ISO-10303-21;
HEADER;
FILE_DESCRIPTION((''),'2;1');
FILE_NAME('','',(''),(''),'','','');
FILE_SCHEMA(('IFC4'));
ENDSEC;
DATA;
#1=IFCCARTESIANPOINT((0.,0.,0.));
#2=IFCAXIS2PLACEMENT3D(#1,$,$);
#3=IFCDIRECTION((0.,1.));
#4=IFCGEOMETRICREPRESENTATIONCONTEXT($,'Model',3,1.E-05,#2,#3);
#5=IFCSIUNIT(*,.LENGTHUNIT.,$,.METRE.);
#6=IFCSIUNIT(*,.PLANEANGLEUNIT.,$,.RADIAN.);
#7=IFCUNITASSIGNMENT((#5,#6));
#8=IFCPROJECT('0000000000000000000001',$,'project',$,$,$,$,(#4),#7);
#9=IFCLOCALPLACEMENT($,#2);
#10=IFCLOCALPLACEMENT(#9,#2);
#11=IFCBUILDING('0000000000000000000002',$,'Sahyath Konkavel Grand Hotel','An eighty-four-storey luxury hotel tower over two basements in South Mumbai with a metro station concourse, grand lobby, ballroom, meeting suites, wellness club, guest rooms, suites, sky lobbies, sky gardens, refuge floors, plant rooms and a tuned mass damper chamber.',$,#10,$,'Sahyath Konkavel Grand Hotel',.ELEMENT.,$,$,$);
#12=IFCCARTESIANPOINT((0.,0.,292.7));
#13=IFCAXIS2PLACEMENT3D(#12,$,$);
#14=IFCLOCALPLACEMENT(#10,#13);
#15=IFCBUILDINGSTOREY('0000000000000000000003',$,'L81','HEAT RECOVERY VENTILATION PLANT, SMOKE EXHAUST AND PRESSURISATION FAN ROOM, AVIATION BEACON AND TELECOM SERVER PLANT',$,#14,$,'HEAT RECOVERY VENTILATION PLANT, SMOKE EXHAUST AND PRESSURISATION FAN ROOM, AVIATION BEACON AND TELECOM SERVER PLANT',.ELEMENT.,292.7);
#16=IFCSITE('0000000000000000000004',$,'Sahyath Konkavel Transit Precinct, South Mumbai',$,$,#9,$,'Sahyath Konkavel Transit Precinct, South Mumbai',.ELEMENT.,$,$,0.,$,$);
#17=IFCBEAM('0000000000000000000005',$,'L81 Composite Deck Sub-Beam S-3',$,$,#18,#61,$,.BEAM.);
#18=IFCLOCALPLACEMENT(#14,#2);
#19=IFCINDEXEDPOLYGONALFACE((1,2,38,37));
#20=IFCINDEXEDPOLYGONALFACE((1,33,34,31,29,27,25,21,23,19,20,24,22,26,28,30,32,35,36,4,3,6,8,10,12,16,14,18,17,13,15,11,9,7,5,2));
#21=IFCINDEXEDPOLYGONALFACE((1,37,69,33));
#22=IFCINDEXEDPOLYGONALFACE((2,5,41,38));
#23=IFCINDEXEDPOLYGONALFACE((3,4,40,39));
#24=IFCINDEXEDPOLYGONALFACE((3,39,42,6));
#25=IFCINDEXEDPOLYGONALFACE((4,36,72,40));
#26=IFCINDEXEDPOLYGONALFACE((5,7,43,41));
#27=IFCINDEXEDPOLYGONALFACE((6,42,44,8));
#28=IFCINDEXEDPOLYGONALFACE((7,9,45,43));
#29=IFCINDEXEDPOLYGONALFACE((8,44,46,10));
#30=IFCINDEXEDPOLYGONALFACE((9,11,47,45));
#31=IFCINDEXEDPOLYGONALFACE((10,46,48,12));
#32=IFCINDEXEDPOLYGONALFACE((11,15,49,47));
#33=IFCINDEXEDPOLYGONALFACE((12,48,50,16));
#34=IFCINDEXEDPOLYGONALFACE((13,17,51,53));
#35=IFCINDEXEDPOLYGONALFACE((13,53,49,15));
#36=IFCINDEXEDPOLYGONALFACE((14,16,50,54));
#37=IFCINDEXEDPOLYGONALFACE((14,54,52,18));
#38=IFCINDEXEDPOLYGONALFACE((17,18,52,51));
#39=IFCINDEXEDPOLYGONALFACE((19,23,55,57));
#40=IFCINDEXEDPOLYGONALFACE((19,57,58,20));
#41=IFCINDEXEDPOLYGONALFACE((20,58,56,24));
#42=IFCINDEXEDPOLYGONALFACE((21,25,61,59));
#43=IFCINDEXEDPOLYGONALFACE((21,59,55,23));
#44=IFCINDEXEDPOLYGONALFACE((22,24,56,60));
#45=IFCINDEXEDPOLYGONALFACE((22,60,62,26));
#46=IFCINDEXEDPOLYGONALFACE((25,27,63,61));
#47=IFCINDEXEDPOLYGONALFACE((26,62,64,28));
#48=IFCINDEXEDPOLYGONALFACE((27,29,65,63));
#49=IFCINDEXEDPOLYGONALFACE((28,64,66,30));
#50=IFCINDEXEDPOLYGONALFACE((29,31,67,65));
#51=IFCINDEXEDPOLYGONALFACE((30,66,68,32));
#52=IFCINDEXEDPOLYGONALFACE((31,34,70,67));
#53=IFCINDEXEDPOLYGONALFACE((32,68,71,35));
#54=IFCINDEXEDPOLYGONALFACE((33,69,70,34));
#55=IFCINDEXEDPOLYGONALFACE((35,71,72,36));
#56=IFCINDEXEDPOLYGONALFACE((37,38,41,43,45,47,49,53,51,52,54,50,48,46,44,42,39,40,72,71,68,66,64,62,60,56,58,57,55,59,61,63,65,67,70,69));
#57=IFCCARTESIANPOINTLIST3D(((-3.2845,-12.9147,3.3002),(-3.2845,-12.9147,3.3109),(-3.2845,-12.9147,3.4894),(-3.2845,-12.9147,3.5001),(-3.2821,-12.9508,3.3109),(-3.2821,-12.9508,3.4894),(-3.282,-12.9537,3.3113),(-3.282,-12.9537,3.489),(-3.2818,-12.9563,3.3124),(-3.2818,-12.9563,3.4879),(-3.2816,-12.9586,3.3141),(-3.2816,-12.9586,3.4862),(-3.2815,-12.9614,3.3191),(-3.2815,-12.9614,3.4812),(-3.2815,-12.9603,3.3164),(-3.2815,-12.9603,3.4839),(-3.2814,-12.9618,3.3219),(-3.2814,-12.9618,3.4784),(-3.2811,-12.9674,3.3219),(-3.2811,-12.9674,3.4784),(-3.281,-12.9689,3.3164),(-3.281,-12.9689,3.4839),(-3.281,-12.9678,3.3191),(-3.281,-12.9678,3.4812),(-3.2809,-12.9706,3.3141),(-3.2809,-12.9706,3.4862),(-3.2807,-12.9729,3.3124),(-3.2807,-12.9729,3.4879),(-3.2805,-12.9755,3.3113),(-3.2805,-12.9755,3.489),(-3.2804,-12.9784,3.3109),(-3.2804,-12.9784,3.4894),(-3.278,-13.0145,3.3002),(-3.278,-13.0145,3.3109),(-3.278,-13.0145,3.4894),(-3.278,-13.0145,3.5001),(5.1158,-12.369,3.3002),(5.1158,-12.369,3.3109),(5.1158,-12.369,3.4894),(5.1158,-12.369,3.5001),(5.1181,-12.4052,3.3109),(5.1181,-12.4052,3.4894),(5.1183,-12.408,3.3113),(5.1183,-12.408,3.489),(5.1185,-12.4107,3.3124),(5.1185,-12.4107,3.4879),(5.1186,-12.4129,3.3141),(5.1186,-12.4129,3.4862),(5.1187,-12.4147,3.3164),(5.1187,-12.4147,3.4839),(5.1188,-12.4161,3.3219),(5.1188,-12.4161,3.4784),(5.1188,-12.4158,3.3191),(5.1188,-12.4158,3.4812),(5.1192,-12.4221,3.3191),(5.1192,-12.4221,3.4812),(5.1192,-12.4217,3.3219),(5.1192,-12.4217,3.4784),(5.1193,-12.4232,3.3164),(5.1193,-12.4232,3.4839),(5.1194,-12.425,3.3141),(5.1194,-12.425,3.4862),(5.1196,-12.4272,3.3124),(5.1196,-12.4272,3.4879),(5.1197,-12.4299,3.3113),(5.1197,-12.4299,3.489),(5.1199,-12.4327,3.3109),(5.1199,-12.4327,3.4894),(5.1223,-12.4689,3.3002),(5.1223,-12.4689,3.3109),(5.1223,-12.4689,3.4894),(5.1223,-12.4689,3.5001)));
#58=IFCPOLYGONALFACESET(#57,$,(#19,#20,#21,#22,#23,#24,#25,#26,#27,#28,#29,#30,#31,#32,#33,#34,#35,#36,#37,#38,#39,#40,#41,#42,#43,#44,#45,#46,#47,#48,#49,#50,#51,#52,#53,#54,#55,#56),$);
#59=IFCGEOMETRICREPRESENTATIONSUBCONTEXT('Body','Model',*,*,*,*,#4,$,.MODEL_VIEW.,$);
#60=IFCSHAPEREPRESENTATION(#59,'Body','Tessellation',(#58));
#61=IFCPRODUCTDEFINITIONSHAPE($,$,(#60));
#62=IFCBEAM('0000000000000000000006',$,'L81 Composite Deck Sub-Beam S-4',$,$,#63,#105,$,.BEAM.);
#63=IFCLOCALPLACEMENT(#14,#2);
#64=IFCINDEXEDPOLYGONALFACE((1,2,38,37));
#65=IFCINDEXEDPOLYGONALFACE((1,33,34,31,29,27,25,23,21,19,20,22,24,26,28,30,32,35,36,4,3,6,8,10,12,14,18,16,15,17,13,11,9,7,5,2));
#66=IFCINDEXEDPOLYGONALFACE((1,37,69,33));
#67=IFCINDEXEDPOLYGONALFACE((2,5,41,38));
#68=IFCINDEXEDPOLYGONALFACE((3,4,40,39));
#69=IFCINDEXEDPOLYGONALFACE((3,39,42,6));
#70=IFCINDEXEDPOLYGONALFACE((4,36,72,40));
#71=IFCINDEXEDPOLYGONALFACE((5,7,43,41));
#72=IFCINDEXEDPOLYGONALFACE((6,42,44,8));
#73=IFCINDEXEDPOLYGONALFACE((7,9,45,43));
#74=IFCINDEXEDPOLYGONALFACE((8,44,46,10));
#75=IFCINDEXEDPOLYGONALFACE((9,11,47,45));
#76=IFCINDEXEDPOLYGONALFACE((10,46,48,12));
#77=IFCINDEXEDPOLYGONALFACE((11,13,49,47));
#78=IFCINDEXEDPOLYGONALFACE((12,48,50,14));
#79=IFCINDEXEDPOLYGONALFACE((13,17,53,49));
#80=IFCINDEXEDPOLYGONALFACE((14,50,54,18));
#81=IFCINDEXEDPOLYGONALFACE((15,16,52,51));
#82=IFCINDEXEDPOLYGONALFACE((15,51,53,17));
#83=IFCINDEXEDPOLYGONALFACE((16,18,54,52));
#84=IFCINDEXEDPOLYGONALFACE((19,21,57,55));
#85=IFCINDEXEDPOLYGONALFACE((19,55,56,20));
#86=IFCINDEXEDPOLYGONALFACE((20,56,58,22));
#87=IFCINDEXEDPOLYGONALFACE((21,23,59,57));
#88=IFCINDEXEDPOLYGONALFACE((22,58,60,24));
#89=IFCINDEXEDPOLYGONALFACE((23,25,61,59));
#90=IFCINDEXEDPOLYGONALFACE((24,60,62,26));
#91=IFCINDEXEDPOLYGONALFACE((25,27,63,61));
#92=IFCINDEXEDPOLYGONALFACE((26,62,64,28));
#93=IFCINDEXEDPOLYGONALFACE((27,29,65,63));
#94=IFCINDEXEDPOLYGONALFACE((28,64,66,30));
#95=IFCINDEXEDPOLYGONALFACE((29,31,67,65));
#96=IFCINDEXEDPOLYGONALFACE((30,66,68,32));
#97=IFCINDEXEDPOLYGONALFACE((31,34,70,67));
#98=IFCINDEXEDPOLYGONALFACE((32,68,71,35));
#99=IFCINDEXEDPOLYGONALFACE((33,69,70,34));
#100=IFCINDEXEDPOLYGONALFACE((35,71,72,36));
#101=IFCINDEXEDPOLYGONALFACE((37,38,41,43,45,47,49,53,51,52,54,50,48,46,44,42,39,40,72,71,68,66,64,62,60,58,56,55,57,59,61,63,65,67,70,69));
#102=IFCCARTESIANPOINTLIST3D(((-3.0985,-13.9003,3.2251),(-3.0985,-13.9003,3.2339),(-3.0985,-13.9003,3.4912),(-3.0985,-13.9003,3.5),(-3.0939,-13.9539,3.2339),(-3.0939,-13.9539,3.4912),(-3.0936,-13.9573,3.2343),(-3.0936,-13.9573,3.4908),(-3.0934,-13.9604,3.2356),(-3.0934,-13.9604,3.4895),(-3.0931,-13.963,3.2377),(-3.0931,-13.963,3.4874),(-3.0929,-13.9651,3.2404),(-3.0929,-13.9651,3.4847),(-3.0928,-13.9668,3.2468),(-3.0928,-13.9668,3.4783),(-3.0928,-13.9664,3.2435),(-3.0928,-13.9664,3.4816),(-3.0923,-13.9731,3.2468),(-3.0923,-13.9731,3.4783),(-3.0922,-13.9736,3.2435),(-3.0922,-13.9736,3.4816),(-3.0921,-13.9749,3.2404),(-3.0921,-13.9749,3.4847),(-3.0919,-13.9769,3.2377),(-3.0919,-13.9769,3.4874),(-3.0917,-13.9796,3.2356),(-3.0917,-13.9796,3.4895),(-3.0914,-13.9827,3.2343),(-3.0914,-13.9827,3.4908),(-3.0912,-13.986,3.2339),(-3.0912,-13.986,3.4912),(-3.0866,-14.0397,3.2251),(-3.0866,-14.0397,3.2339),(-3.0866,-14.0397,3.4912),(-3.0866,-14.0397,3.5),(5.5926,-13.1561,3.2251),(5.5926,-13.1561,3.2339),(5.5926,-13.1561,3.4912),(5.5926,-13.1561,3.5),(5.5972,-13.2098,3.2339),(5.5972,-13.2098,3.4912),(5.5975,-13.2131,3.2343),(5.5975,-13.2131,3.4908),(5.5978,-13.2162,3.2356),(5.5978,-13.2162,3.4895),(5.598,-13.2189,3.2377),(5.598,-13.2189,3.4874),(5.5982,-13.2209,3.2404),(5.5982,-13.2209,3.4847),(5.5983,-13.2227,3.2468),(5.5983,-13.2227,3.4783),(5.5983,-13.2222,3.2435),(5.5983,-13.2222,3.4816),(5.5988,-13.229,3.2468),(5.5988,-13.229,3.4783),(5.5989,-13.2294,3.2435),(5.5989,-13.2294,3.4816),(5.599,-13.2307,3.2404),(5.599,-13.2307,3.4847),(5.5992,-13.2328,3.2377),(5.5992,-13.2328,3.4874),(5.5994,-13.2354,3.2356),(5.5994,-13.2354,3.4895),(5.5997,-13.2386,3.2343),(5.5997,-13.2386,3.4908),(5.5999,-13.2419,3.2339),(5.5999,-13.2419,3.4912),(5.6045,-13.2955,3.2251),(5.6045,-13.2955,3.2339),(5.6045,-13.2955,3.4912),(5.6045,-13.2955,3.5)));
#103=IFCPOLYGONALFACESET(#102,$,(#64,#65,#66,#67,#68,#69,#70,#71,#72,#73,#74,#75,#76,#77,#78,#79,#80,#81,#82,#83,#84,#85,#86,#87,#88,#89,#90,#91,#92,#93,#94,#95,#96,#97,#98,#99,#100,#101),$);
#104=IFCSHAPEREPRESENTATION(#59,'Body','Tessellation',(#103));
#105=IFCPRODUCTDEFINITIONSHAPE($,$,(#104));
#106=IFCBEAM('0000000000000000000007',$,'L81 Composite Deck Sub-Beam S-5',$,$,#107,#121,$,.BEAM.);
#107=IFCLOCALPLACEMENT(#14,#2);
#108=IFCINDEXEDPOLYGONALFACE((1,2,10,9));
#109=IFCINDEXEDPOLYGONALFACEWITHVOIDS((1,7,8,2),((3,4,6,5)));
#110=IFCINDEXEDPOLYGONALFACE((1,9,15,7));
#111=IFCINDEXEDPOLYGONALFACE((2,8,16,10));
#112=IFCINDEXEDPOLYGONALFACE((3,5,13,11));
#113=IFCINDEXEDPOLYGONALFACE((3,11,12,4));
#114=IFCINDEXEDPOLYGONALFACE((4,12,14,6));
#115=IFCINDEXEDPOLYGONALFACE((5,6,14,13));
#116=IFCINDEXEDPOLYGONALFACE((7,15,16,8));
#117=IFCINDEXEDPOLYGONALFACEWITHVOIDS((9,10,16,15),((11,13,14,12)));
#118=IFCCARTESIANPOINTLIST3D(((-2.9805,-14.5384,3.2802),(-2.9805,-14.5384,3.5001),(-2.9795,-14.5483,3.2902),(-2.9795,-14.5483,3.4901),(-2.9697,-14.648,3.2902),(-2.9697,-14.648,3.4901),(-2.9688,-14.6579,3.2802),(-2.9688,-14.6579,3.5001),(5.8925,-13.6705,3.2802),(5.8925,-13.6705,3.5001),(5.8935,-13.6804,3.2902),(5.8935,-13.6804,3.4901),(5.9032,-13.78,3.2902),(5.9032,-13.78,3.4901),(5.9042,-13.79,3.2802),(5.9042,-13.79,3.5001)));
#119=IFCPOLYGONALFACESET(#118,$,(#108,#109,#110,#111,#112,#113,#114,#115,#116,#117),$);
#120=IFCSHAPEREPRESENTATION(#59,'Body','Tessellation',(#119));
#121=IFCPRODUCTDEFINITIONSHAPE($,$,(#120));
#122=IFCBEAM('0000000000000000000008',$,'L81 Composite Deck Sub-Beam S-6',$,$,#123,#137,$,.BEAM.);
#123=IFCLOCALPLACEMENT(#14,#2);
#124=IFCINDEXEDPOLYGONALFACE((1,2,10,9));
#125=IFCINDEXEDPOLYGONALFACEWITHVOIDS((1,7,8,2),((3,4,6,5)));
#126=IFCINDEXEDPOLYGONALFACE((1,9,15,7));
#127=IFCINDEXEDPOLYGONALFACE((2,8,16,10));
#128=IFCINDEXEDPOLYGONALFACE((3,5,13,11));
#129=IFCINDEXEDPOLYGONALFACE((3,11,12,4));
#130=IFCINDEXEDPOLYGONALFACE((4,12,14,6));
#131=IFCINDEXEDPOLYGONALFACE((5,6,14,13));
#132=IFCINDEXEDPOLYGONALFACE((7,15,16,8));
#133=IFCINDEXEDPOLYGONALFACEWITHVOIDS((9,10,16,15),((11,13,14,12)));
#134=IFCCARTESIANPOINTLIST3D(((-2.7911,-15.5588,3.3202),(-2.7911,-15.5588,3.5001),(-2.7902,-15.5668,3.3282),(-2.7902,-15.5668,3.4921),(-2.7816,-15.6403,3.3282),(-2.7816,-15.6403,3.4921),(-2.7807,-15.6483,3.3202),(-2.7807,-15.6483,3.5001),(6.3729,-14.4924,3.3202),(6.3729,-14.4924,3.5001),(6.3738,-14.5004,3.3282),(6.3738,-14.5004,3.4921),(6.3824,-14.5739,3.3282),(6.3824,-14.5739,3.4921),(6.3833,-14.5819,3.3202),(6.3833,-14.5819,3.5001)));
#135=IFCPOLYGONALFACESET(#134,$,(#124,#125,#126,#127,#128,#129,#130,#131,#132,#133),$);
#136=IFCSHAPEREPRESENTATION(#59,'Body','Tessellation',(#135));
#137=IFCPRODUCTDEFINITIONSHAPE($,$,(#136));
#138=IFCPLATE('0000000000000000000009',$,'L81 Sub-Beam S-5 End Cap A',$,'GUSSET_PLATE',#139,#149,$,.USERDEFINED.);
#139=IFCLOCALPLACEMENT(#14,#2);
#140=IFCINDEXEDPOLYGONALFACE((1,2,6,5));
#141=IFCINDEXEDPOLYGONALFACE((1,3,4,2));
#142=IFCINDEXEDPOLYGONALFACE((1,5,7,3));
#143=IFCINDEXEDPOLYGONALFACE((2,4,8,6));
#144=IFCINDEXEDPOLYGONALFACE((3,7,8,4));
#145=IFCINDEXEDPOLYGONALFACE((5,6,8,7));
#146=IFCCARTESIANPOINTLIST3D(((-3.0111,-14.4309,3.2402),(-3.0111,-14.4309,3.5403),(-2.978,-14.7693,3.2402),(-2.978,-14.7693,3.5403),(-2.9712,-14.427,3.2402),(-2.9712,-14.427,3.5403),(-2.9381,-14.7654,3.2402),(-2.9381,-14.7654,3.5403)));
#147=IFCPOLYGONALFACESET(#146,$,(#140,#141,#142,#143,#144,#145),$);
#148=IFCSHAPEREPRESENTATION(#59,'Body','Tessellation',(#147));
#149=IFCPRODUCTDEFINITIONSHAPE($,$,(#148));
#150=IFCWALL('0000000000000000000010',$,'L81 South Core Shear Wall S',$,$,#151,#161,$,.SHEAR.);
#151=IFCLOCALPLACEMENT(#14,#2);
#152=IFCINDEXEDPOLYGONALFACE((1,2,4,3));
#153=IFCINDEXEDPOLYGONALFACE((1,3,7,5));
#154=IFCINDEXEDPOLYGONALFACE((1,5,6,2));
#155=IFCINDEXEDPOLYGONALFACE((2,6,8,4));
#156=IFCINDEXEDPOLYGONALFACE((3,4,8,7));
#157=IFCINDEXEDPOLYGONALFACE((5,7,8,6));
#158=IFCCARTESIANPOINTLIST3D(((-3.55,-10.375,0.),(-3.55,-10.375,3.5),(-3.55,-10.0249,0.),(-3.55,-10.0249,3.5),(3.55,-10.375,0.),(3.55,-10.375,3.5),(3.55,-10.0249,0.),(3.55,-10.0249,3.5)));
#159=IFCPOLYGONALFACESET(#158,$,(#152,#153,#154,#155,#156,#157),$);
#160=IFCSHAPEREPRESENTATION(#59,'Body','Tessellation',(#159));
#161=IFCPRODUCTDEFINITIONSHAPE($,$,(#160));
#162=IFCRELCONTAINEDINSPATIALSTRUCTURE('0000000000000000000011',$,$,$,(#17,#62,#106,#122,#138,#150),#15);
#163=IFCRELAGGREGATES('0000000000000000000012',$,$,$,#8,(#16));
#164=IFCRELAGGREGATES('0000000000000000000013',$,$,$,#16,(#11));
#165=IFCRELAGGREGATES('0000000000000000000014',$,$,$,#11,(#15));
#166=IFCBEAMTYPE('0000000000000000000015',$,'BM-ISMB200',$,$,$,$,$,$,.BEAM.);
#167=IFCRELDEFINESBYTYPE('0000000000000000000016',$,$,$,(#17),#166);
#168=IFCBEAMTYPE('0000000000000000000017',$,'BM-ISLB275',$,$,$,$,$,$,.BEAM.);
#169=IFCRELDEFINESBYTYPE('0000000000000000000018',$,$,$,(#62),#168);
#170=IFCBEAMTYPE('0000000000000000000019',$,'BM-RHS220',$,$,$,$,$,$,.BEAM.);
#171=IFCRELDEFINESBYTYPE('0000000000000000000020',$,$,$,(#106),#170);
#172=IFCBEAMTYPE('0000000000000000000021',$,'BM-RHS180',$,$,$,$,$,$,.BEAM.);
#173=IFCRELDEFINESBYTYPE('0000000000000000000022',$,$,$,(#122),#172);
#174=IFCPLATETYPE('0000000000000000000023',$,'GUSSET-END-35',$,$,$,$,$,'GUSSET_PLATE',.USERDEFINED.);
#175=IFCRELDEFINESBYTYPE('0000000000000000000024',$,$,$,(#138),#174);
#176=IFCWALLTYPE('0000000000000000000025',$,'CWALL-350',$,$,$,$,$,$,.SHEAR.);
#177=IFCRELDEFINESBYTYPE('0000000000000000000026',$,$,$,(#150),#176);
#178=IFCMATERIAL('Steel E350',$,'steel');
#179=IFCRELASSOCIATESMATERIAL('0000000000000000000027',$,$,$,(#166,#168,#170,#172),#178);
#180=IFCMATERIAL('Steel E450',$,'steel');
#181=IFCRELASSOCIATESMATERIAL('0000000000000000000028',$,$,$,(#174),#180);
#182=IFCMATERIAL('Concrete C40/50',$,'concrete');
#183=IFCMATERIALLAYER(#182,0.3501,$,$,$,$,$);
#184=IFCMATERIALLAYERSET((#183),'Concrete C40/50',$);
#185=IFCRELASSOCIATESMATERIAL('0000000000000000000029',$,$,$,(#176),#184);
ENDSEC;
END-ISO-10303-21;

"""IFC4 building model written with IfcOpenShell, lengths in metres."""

from ifc_helpers import new_model, si_unit, direction, frame, frame_2d, origin, origin_2d, place, context, subcontext, project, spatial, rectangle, hollow_rectangle, i_section, extrude, source, transform, mapped, material, layer, layer_set, material_profile, profile_set, type_object, element, save


model = new_model("IFC4")

# Units and contexts
model_context = context("Model", 3, precision=1e-05, world=origin(), true_north=direction((0.0, 1.0)))
body_context = subcontext(model_context, "Body", "Model", "MODEL_VIEW")
ifc_project = project(units=[si_unit("LENGTHUNIT", "METRE"), si_unit("PLANEANGLEUNIT", "RADIAN")], contexts=[model_context])

# Site, building, storey
site_placement = place(None, origin())
site = spatial("IfcSite", under=ifc_project, at=site_placement, Name="Sahyath Konkavel Transit Precinct, South Mumbai", LongName="Sahyath Konkavel Transit Precinct, South Mumbai", CompositionType="ELEMENT", RefElevation=0.0)
building_placement = place(site_placement, origin())
building = spatial("IfcBuilding", under=site, at=building_placement, Name="Sahyath Konkavel Grand Hotel", Description="An eighty-four-storey luxury hotel tower over two basements in South Mumbai with a metro station concourse, grand lobby, ballroom, meeting suites, wellness club, guest rooms, suites, sky lobbies, sky gardens, refuge floors, plant rooms and a tuned mass damper chamber.", LongName="Sahyath Konkavel Grand Hotel", CompositionType="ELEMENT")
storey_placement = place(building_placement, frame((0.0, 0.0, 292.7)))
storey = spatial("IfcBuildingStorey", under=building, at=storey_placement, Name="L81", Description="HEAT RECOVERY VENTILATION PLANT, SMOKE EXHAUST AND PRESSURISATION FAN ROOM, AVIATION BEACON AND TELECOM SERVER PLANT", LongName="HEAT RECOVERY VENTILATION PLANT, SMOKE EXHAUST AND PRESSURISATION FAN ROOM, AVIATION BEACON AND TELECOM SERVER PLANT", CompositionType="ELEMENT", Elevation=292.7)

# Shared definitions
ifc_material_1 = material(Name="Concrete C40/50", Category="concrete")

# Beams
ifc_material_2 = material(Name="Steel E350", Category="steel")
ifc_material_profile_1 = material_profile(ifc_material_2, i_section(OverallWidth=0.1001, OverallDepth=0.2, WebThickness=0.0056, FlangeThickness=0.0107, FilletRadius=0.011, at=origin_2d()), Name="ISMB 200")
ifc_profile_set_1 = profile_set([ifc_material_profile_1], Name="Steel E350")
beam_type_1 = type_object("IfcBeamType", Name="BM-ISMB200", PredefinedType="BEAM", material=ifc_profile_set_1)
shared_shape_1 = source(origin(), body_context, "Body", "SweptSolid", [
    extrude(i_section(OverallWidth=0.1001, OverallDepth=0.2, WebThickness=0.0056, FlangeThickness=0.0107, FilletRadius=0.011, at=origin_2d()), origin(), (0.0, 0.0, 1.0), 8.418),
])
beam_1_placement = place(storey_placement, frame((-3.2812, -12.9646, 3.4001), z_axis=(0.997897, 0.064821, 0.0), x_axis=(-0.064821, 0.997897, 0.0)))
element("IfcBeam", 1, at=beam_1_placement, inside=storey, type_object=beam_type_1, Name="L81 Composite Deck Sub-Beam S-3", PredefinedType="BEAM", context=body_context, shape_type="MappedRepresentation", body=[
    mapped(shared_shape_1, transform((0.0, 0.0, 0.0), scale=1.0)),
])
ifc_material_profile_2 = material_profile(ifc_material_2, i_section(OverallWidth=0.1399, OverallDepth=0.2749, WebThickness=0.0063, FlangeThickness=0.0088, FilletRadius=0.0129, at=origin_2d()), Name="ISLB 275")
ifc_profile_set_2 = profile_set([ifc_material_profile_2], Name="Steel E350")
beam_type_2 = type_object("IfcBeamType", Name="BM-ISLB275", PredefinedType="BEAM", material=ifc_profile_set_2)
shared_shape_2 = source(origin(), body_context, "Body", "SweptSolid", [
    extrude(i_section(OverallWidth=0.1399, OverallDepth=0.2749, WebThickness=0.0063, FlangeThickness=0.0088, FilletRadius=0.0129, at=origin_2d()), origin(), (0.0, 0.0, 1.0), 8.7229),
])
beam_2_placement = place(storey_placement, frame((-3.0925, -13.97, 3.3625), z_axis=(0.996355, 0.085308, 0.0), x_axis=(-0.085308, 0.996355, 0.0)))
element("IfcBeam", 2, at=beam_2_placement, inside=storey, type_object=beam_type_2, Name="L81 Composite Deck Sub-Beam S-4", PredefinedType="BEAM", context=body_context, shape_type="MappedRepresentation", body=[
    mapped(shared_shape_2, transform((0.0, 0.0, 0.0), scale=1.0)),
])
ifc_material_profile_3 = material_profile(ifc_material_2, hollow_rectangle(XDim=0.1201, YDim=0.22, WallThickness=0.01, at=origin_2d()), Name="RHS 220x120x10")
ifc_profile_set_3 = profile_set([ifc_material_profile_3], Name="Steel E350")
beam_type_3 = type_object("IfcBeamType", Name="BM-RHS220", PredefinedType="BEAM", material=ifc_profile_set_3)
shared_shape_3 = source(origin(), body_context, "Body", "SweptSolid", [
    extrude(hollow_rectangle(XDim=0.1201, YDim=0.22, WallThickness=0.01, at=origin_2d()), origin(), (0.0, 0.0, 1.0), 8.9153),
])
beam_3_placement = place(storey_placement, frame((-2.9746, -14.5981, 3.3901), z_axis=(0.99525, 0.097351, 0.0), x_axis=(-0.097351, 0.99525, 0.0)))
element("IfcBeam", 3, at=beam_3_placement, inside=storey, type_object=beam_type_3, Name="L81 Composite Deck Sub-Beam S-5", PredefinedType="BEAM", context=body_context, shape_type="MappedRepresentation", body=[
    mapped(shared_shape_3, transform((0.0, 0.0, 0.0), scale=1.0)),
])
ifc_material_profile_4 = material_profile(ifc_material_2, hollow_rectangle(XDim=0.0901, YDim=0.1799, WallThickness=0.0081, at=origin_2d()), Name="RHS 180x90x8")
ifc_profile_set_4 = profile_set([ifc_material_profile_4], Name="Steel E350")
beam_type_4 = type_object("IfcBeamType", Name="BM-RHS180", PredefinedType="BEAM", material=ifc_profile_set_4)
shared_shape_4 = source(origin(), body_context, "Body", "SweptSolid", [
    extrude(hollow_rectangle(XDim=0.0901, YDim=0.1799, WallThickness=0.0081, at=origin_2d()), origin(), (0.0, 0.0, 1.0), 9.2258),
])
beam_4_placement = place(storey_placement, frame((-2.7859, -15.6035, 3.4102), z_axis=(0.993297, 0.115588, 0.0), x_axis=(-0.115588, 0.993297, 0.0)))
element("IfcBeam", 4, at=beam_4_placement, inside=storey, type_object=beam_type_4, Name="L81 Composite Deck Sub-Beam S-6", PredefinedType="BEAM", context=body_context, shape_type="MappedRepresentation", body=[
    mapped(shared_shape_4, transform((0.0, 0.0, 0.0), scale=1.0)),
])

# Plate
ifc_material_3 = material(Name="Steel E450", Category="steel")
plate_type = type_object("IfcPlateType", Name="GUSSET-END-35", ElementType="GUSSET_PLATE", PredefinedType="USERDEFINED", material=ifc_material_3)
shared_shape_5 = source(origin(), body_context, "Body", "SweptSolid", [
    extrude(rectangle(XDim=0.04, YDim=0.3401, at=origin_2d()), origin(), (0.0, 0.0, 1.0), 0.3),
])
plate_placement = place(storey_placement, frame((-2.9746, -14.5981, 3.2402), z_axis=(0.0, 0.0, 1.0), x_axis=(0.99525, 0.097357, 0.0)))
element("IfcPlate", 5, at=plate_placement, inside=storey, type_object=plate_type, Name="L81 Sub-Beam S-5 End Cap A", ObjectType="GUSSET_PLATE", PredefinedType="USERDEFINED", context=body_context, shape_type="MappedRepresentation", body=[
    mapped(shared_shape_5, transform((0.0, 0.0, 0.0), scale=1.0)),
])

# Wall
ifc_layer_1 = layer(ifc_material_1, 0.3501)
ifc_layer_set_1 = layer_set([ifc_layer_1], Name="Concrete C40/50")
wall_type_1 = type_object("IfcWallType", Name="CWALL-350", PredefinedType="SHEAR", material=ifc_layer_set_1)
wall_1_placement = place(storey_placement, frame((-3.55, -10.2, 0.0), z_axis=(0.0, 0.0, 1.0), x_axis=(1.0, 0.0, 0.0)))
element("IfcWall", 6, at=wall_1_placement, inside=storey, type_object=wall_type_1, Name="L81 South Core Shear Wall S", PredefinedType="SHEAR", context=body_context, shape_type="SweptSolid", body=[
    extrude(rectangle(XDim=7.1001, YDim=0.3501, at=frame_2d((3.55, 0.0))), origin(), (0.0, 0.0, 1.0), 3.5),
])

save(model, "model.ifc")
